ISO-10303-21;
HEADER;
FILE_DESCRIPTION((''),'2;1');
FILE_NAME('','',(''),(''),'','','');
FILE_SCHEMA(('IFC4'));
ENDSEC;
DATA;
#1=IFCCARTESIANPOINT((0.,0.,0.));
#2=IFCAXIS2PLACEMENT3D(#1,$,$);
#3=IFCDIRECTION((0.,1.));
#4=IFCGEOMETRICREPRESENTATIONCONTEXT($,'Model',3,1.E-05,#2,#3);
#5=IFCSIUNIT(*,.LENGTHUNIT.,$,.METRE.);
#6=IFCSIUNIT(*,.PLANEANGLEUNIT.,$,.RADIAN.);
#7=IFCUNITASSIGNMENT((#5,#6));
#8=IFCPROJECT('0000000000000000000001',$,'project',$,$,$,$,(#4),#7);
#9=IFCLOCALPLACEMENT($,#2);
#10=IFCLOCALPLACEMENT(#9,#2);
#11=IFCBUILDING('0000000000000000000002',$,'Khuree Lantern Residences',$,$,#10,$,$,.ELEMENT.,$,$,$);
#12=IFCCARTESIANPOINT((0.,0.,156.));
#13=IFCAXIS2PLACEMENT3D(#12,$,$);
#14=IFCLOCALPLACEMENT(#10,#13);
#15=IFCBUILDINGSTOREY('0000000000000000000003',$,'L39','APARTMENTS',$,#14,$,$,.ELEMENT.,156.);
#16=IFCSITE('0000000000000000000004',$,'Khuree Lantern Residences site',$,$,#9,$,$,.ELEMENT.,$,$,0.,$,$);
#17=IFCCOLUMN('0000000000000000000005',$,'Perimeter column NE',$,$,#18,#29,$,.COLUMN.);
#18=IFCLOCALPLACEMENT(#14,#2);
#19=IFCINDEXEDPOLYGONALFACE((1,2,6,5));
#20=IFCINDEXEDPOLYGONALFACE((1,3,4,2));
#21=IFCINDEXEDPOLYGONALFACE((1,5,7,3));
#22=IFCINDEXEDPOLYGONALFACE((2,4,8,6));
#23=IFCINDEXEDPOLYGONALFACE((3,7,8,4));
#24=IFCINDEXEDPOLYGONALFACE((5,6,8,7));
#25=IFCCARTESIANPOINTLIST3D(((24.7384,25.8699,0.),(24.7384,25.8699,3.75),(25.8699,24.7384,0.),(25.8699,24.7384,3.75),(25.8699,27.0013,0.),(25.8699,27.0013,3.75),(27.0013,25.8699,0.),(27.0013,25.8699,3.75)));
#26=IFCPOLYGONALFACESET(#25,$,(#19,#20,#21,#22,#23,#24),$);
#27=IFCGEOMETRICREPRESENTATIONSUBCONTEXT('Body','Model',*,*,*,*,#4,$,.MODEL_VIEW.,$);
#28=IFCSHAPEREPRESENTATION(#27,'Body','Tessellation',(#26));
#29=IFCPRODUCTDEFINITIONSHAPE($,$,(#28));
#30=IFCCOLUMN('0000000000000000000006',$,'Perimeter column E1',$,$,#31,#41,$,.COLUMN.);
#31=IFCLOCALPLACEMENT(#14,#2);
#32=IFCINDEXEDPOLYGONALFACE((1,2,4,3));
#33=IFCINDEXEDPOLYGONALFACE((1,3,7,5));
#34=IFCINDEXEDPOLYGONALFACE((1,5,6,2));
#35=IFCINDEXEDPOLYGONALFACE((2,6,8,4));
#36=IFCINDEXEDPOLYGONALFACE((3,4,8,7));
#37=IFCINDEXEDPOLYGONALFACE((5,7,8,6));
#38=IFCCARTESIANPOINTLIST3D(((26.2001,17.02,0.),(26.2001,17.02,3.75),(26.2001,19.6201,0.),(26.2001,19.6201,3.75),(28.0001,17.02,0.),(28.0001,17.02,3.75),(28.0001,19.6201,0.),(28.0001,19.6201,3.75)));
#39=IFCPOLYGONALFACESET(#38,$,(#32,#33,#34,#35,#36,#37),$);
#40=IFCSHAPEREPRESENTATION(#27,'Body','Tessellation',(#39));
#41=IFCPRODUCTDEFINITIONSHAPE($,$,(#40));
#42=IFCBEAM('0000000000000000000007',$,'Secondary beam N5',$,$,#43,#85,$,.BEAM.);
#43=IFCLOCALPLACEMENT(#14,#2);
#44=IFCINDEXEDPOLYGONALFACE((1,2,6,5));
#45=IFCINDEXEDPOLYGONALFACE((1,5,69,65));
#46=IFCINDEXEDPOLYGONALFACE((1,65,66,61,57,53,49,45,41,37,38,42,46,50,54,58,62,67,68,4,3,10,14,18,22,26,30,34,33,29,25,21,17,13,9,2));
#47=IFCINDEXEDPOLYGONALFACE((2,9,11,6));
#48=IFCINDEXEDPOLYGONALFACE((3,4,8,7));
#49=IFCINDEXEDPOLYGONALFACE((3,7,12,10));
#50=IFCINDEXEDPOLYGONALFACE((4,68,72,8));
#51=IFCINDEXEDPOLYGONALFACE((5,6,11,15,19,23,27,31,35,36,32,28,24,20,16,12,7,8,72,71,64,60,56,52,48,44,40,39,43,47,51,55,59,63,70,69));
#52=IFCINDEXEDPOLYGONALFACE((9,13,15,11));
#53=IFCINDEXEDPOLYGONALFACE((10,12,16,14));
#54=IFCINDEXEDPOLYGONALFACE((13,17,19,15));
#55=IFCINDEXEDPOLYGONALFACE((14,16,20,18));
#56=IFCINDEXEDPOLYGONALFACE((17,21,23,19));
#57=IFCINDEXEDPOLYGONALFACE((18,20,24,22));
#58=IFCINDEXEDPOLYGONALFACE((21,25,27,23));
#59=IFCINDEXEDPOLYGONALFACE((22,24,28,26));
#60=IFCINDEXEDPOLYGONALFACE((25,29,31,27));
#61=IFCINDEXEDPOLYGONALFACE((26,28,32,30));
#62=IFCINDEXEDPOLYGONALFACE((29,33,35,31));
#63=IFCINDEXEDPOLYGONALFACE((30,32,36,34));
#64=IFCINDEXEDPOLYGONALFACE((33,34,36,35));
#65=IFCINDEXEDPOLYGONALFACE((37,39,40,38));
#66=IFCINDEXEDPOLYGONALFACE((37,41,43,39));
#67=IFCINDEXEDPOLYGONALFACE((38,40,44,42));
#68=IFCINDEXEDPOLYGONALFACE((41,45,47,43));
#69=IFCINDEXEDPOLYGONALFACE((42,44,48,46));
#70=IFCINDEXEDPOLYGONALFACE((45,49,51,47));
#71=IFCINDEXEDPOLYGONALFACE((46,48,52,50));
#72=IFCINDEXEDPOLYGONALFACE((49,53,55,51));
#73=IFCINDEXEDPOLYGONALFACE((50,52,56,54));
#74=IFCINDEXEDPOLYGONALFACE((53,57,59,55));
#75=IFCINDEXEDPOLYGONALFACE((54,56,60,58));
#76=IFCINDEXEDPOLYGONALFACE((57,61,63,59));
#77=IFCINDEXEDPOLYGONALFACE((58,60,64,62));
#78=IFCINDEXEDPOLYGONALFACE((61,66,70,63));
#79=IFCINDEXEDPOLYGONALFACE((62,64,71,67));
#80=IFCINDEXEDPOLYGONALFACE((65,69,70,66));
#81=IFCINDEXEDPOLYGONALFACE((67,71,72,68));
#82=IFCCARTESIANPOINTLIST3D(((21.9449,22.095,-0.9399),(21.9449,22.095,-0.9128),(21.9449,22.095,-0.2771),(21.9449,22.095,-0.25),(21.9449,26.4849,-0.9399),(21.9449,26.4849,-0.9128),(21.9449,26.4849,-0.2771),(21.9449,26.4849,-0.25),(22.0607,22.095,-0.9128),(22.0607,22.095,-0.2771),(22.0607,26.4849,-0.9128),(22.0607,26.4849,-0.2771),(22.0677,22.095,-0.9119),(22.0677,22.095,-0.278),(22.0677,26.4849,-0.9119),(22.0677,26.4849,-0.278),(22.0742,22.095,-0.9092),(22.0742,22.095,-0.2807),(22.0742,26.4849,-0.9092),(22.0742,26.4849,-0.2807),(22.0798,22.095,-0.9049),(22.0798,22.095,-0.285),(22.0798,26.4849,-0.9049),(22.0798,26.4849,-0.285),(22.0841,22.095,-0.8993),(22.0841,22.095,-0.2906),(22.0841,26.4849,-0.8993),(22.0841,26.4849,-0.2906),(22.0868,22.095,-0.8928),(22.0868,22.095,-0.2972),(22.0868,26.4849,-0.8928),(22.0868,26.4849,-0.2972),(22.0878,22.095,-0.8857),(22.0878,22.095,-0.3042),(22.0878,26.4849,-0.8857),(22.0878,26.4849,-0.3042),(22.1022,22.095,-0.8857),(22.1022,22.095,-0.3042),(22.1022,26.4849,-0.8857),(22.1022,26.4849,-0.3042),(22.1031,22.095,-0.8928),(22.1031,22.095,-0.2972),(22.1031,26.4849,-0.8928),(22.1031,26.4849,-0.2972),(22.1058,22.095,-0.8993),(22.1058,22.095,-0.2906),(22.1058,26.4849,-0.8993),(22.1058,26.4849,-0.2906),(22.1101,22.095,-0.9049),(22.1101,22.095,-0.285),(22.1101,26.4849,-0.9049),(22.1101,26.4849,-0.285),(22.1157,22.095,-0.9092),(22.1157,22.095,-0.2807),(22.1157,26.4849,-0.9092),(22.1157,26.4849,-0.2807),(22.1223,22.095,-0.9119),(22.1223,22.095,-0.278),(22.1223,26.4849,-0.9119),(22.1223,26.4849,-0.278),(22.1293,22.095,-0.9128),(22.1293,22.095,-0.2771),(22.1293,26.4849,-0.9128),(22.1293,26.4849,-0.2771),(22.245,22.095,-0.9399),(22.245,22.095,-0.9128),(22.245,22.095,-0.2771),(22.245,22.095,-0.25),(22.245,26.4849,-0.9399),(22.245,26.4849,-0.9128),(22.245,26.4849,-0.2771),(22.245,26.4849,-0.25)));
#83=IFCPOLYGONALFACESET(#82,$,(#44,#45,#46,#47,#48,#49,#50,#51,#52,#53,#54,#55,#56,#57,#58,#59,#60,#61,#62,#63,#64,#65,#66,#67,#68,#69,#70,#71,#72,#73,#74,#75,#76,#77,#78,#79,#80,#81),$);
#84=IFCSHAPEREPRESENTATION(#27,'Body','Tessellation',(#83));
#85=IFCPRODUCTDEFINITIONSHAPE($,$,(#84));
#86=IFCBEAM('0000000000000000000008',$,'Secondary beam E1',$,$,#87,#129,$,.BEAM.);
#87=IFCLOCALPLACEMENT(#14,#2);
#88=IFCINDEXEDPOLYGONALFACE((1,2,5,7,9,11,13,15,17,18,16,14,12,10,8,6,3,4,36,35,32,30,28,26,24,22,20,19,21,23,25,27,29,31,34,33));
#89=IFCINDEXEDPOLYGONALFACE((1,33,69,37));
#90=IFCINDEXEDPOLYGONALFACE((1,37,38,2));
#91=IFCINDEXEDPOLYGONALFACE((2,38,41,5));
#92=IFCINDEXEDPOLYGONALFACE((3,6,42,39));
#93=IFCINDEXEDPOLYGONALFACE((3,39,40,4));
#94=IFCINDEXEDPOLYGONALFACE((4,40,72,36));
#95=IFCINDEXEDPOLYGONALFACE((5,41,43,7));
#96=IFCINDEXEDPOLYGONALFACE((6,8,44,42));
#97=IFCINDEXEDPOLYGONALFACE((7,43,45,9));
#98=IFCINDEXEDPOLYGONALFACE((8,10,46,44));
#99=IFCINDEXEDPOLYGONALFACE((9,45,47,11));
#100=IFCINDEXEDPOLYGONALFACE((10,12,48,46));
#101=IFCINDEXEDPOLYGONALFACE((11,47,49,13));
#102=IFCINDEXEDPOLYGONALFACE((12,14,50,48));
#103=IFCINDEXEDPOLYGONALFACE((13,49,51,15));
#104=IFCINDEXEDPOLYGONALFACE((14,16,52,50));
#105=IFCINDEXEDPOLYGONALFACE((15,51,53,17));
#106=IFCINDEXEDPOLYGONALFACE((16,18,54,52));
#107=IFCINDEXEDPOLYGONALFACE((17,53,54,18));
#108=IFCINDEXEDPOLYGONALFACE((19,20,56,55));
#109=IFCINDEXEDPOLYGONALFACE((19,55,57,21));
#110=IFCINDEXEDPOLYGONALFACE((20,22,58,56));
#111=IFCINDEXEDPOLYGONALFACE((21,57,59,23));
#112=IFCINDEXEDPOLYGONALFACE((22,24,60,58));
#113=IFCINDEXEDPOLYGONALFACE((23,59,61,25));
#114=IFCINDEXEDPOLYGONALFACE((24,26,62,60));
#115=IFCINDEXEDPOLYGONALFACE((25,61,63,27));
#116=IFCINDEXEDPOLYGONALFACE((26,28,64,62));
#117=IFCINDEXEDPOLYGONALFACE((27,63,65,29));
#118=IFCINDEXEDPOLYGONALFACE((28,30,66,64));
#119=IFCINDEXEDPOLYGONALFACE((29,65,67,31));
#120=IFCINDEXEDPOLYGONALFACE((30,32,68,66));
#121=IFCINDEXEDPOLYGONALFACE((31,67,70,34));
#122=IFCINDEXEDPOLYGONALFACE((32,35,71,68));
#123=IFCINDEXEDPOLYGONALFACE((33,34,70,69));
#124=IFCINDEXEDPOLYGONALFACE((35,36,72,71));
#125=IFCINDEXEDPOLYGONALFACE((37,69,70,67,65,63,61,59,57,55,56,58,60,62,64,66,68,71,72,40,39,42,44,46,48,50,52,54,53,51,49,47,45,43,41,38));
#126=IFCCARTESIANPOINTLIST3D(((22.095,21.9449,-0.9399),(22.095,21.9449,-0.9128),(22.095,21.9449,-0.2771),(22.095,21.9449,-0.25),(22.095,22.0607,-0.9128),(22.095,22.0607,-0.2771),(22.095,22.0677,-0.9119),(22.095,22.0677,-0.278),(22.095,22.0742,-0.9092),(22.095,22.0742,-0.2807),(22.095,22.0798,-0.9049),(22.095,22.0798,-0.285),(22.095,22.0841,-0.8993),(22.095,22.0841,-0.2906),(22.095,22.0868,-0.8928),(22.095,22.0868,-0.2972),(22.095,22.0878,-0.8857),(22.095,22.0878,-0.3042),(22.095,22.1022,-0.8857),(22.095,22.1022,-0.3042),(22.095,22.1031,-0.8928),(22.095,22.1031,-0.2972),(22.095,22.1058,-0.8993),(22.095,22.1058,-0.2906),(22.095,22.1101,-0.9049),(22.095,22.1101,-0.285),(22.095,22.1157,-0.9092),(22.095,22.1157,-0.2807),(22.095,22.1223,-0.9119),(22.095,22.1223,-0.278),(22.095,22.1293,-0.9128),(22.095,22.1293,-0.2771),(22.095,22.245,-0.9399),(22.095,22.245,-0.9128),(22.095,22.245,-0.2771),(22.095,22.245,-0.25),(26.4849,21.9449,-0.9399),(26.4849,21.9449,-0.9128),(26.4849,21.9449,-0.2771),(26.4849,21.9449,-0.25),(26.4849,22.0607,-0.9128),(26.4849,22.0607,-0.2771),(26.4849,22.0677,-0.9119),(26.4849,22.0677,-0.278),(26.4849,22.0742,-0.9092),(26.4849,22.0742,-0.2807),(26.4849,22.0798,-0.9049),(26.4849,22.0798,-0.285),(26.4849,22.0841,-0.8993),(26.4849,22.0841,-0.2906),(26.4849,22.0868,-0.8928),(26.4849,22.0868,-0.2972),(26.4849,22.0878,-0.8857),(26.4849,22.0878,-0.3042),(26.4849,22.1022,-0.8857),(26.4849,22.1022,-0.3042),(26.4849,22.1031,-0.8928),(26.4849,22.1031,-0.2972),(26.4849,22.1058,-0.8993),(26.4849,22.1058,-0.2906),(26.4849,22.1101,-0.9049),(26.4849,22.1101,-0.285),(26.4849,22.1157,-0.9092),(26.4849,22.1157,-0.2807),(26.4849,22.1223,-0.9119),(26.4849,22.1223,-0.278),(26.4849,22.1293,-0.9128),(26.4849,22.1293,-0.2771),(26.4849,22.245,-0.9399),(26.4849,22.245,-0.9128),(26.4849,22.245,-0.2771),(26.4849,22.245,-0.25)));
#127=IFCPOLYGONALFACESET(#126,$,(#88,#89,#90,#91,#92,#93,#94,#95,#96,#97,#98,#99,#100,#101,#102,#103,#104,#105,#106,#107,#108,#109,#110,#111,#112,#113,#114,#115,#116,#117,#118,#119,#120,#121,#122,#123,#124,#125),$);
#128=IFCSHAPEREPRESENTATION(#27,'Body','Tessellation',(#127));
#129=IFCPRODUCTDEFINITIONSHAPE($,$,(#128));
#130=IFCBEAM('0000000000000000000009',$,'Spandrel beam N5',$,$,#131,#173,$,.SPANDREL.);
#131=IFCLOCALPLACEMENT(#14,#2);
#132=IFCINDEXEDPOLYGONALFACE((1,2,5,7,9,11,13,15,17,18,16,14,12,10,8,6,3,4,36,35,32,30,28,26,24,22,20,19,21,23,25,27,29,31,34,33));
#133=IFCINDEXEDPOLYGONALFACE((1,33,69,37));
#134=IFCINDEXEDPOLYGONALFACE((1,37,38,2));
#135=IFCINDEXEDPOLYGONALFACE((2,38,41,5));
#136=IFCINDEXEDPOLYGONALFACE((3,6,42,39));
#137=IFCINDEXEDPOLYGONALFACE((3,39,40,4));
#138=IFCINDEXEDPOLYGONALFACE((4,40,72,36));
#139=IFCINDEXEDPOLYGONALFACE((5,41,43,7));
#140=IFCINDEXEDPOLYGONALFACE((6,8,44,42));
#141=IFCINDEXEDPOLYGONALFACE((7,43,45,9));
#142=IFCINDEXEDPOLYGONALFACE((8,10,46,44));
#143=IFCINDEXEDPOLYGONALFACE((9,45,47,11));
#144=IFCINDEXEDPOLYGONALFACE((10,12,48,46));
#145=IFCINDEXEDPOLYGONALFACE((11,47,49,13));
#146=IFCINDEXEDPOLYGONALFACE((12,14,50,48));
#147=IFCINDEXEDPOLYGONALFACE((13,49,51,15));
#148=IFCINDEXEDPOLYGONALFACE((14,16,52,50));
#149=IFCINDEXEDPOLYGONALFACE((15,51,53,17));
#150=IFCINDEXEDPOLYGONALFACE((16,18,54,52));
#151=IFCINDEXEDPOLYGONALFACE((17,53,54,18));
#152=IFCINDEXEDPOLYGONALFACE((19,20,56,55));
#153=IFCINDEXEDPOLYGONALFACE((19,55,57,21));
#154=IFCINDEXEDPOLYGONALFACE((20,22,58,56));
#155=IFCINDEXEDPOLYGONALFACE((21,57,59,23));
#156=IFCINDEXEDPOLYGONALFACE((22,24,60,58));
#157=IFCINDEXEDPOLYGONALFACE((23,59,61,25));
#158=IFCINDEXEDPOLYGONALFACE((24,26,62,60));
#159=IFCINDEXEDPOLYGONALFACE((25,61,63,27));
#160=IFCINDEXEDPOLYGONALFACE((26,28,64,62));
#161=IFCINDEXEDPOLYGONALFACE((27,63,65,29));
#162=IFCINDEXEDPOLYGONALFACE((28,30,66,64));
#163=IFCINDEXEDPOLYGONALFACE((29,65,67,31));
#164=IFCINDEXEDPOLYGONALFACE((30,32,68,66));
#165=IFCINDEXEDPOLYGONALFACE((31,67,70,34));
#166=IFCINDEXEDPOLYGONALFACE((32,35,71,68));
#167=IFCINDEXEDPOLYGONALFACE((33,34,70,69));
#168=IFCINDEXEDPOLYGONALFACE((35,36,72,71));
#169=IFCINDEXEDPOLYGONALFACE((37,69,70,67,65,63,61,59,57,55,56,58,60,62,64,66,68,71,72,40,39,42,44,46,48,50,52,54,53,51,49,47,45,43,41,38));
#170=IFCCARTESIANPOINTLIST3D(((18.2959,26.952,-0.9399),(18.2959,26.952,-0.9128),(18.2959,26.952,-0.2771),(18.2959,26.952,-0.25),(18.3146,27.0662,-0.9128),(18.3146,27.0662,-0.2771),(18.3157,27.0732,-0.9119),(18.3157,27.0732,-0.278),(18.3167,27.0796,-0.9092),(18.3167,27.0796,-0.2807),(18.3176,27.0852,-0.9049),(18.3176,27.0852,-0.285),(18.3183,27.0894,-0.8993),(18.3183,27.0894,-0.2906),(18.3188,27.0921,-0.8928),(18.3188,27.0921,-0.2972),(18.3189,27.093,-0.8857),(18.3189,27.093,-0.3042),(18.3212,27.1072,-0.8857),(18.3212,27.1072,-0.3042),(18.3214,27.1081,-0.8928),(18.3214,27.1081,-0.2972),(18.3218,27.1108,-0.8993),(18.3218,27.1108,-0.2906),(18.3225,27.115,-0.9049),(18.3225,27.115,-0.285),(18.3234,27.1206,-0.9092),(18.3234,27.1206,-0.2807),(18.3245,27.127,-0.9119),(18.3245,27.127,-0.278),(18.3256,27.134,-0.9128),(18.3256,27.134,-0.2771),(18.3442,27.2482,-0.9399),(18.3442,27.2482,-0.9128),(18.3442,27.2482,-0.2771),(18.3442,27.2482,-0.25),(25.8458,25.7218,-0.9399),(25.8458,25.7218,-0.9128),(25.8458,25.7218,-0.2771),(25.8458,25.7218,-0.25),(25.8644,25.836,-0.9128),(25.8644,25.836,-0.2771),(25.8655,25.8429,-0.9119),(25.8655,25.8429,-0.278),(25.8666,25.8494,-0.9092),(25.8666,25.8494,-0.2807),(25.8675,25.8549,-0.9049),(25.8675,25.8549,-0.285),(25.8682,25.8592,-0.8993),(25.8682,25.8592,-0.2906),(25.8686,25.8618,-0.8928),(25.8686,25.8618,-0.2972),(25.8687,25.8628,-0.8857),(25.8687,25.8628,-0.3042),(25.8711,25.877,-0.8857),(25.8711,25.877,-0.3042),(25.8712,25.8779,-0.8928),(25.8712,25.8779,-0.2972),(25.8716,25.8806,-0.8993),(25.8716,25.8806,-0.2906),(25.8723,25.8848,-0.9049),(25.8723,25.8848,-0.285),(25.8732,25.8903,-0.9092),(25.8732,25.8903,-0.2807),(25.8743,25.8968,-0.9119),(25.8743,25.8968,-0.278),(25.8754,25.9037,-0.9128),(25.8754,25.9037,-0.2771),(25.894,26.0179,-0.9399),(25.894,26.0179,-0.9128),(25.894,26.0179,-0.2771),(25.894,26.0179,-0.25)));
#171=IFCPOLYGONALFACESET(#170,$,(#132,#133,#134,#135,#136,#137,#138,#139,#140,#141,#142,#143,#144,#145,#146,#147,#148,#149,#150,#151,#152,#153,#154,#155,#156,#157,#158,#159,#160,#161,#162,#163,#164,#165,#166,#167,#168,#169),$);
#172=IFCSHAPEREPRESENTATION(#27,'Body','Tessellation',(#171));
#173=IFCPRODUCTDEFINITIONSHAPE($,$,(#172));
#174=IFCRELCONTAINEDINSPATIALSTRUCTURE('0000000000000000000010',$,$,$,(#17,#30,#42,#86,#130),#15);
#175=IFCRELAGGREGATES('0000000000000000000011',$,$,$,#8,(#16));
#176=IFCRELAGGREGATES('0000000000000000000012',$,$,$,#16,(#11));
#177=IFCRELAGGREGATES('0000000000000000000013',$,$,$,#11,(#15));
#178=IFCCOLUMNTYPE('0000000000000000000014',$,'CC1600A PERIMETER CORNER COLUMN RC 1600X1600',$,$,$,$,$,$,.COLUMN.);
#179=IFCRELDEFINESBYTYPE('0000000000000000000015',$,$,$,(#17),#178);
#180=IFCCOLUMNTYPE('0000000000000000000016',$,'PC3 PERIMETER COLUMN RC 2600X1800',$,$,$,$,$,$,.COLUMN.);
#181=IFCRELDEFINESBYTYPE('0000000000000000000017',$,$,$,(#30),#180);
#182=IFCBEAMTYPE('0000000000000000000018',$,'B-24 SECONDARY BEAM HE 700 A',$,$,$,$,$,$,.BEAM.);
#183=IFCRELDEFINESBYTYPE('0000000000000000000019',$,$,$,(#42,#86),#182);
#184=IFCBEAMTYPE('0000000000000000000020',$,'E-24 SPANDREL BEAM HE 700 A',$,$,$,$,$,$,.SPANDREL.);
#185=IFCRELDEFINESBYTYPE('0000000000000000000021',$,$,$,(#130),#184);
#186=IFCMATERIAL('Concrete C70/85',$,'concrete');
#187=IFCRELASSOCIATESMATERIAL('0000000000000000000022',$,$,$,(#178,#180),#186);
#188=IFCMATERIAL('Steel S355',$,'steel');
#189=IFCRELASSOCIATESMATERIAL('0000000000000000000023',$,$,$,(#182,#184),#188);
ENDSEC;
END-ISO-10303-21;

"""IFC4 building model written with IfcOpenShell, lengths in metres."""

from ifc_helpers import new_model, si_unit, direction, frame, origin, origin_2d, place, context, subcontext, project, spatial, rectangle, i_section, extrude, material, material_profile, profile_set, type_object, element, save


model = new_model("IFC4")

# Units and contexts
model_context = context("Model", 3, precision=1e-05, world=origin(), true_north=direction((0.0, 1.0)))
body_context = subcontext(model_context, "Body", "Model", "MODEL_VIEW")
ifc_project = project(units=[si_unit("LENGTHUNIT", "METRE"), si_unit("PLANEANGLEUNIT", "RADIAN")], contexts=[model_context])

# Site, building, storey
site_placement = place(None, origin())
site = spatial("IfcSite", under=ifc_project, at=site_placement, Name="Khuree Lantern Residences site", CompositionType="ELEMENT", RefElevation=0.0)
building_placement = place(site_placement, origin())
building = spatial("IfcBuilding", under=site, at=building_placement, Name="Khuree Lantern Residences", CompositionType="ELEMENT")
storey_placement = place(building_placement, frame((0.0, 0.0, 156.0)))
storey = spatial("IfcBuildingStorey", under=building, at=storey_placement, Name="L39", Description="APARTMENTS", CompositionType="ELEMENT", Elevation=156.0)

# Columns
ifc_material_1 = material(Name="Concrete C70/85", Category="concrete")
ifc_material_profile_1 = material_profile(ifc_material_1, rectangle(XDim=1.6001, YDim=1.6001, at=origin_2d()), Name="RC 1600X1600")
ifc_profile_set_1 = profile_set([ifc_material_profile_1], Name="Concrete C70/85")
column_type_1 = type_object("IfcColumnType", Name="CC1600A PERIMETER CORNER COLUMN RC 1600X1600", PredefinedType="COLUMN", material=ifc_profile_set_1)
column_1_placement = place(storey_placement, frame((25.8699, 25.8699, 0.0), z_axis=(0.0, 0.0, 1.0), x_axis=(0.707107, -0.707107, 0.0)))
element("IfcColumn", 1, at=column_1_placement, inside=storey, type_object=column_type_1, Name="Perimeter column NE", PredefinedType="COLUMN", context=body_context, shape_type="SweptSolid", body=[
    extrude(rectangle(XDim=1.6001, YDim=1.6001, at=origin_2d()), origin(), (0.0, 0.0, 1.0), 3.75),
])
ifc_material_profile_2 = material_profile(ifc_material_1, rectangle(XDim=2.6001, YDim=1.8, at=origin_2d()), Name="RC 2600X1800")
ifc_profile_set_2 = profile_set([ifc_material_profile_2], Name="Concrete C70/85")
column_type_2 = type_object("IfcColumnType", Name="PC3 PERIMETER COLUMN RC 2600X1800", PredefinedType="COLUMN", material=ifc_profile_set_2)
column_2_placement = place(storey_placement, frame((27.1001, 18.3201, 0.0), z_axis=(0.0, 0.0, 1.0), x_axis=(0.0, 1.0, 0.0)))
element("IfcColumn", 2, at=column_2_placement, inside=storey, type_object=column_type_2, Name="Perimeter column E1", PredefinedType="COLUMN", context=body_context, shape_type="SweptSolid", body=[
    extrude(rectangle(XDim=2.6001, YDim=1.8, at=origin_2d()), origin(), (0.0, 0.0, 1.0), 3.75),
])

# Beams
ifc_material_2 = material(Name="Steel S355", Category="steel")
ifc_material_profile_3 = material_profile(ifc_material_2, i_section(OverallWidth=0.3, OverallDepth=0.6899, WebThickness=0.0144, FlangeThickness=0.0271, FilletRadius=0.0271, at=origin_2d()), Name="HE 700 A")
ifc_profile_set_3 = profile_set([ifc_material_profile_3], Name="Steel S355")
beam_type_1 = type_object("IfcBeamType", Name="B-24 SECONDARY BEAM HE 700 A", PredefinedType="BEAM", material=ifc_profile_set_3)
for number, where, z_axis, x_axis, name in (
    (3, (22.095, 26.4849, -0.595), (0.0, -1.0, 0.0), (1.0, 0.0, 0.0), "Secondary beam N5"),
    (4, (26.4849, 22.095, -0.595), (-1.0, 0.0, 0.0), (0.0, -1.0, 0.0), "Secondary beam E1"),
):
    element("IfcBeam", number, at=place(storey_placement, frame(where, z_axis=z_axis, x_axis=x_axis)), inside=storey, type_object=beam_type_1, Name=name, PredefinedType="BEAM", context=body_context, shape_type="SweptSolid", body=[
        extrude(i_section(OverallWidth=0.3, OverallDepth=0.6899, WebThickness=0.0144, FlangeThickness=0.0271, FilletRadius=0.0271, at=origin_2d()), origin(), (0.0, 0.0, 1.0), 4.3899),
    ])
ifc_material_profile_4 = material_profile(ifc_material_2, i_section(OverallWidth=0.3, OverallDepth=0.6899, WebThickness=0.0144, FlangeThickness=0.0271, FilletRadius=0.0271, at=origin_2d()), Name="HE 700 A")
ifc_profile_set_4 = profile_set([ifc_material_profile_4], Name="Steel S355")
beam_type_2 = type_object("IfcBeamType", Name="E-24 SPANDREL BEAM HE 700 A", PredefinedType="SPANDREL", material=ifc_profile_set_4)
for number, where, z_axis, x_axis, name in (
    (5, (18.3201, 27.1001, -0.595), (0.986983, -0.160827, 0.0), (0.160827, 0.986983, 0.0), "Spandrel beam N5"),
):
    element("IfcBeam", number, at=place(storey_placement, frame(where, z_axis=z_axis, x_axis=x_axis)), inside=storey, type_object=beam_type_2, Name=name, PredefinedType="SPANDREL", context=body_context, shape_type="SweptSolid", body=[
        extrude(i_section(OverallWidth=0.3, OverallDepth=0.6899, WebThickness=0.0144, FlangeThickness=0.0271, FilletRadius=0.0271, at=origin_2d()), origin(), (0.0, 0.0, 1.0), 7.6494),
    ])

save(model, "model.ifc")
